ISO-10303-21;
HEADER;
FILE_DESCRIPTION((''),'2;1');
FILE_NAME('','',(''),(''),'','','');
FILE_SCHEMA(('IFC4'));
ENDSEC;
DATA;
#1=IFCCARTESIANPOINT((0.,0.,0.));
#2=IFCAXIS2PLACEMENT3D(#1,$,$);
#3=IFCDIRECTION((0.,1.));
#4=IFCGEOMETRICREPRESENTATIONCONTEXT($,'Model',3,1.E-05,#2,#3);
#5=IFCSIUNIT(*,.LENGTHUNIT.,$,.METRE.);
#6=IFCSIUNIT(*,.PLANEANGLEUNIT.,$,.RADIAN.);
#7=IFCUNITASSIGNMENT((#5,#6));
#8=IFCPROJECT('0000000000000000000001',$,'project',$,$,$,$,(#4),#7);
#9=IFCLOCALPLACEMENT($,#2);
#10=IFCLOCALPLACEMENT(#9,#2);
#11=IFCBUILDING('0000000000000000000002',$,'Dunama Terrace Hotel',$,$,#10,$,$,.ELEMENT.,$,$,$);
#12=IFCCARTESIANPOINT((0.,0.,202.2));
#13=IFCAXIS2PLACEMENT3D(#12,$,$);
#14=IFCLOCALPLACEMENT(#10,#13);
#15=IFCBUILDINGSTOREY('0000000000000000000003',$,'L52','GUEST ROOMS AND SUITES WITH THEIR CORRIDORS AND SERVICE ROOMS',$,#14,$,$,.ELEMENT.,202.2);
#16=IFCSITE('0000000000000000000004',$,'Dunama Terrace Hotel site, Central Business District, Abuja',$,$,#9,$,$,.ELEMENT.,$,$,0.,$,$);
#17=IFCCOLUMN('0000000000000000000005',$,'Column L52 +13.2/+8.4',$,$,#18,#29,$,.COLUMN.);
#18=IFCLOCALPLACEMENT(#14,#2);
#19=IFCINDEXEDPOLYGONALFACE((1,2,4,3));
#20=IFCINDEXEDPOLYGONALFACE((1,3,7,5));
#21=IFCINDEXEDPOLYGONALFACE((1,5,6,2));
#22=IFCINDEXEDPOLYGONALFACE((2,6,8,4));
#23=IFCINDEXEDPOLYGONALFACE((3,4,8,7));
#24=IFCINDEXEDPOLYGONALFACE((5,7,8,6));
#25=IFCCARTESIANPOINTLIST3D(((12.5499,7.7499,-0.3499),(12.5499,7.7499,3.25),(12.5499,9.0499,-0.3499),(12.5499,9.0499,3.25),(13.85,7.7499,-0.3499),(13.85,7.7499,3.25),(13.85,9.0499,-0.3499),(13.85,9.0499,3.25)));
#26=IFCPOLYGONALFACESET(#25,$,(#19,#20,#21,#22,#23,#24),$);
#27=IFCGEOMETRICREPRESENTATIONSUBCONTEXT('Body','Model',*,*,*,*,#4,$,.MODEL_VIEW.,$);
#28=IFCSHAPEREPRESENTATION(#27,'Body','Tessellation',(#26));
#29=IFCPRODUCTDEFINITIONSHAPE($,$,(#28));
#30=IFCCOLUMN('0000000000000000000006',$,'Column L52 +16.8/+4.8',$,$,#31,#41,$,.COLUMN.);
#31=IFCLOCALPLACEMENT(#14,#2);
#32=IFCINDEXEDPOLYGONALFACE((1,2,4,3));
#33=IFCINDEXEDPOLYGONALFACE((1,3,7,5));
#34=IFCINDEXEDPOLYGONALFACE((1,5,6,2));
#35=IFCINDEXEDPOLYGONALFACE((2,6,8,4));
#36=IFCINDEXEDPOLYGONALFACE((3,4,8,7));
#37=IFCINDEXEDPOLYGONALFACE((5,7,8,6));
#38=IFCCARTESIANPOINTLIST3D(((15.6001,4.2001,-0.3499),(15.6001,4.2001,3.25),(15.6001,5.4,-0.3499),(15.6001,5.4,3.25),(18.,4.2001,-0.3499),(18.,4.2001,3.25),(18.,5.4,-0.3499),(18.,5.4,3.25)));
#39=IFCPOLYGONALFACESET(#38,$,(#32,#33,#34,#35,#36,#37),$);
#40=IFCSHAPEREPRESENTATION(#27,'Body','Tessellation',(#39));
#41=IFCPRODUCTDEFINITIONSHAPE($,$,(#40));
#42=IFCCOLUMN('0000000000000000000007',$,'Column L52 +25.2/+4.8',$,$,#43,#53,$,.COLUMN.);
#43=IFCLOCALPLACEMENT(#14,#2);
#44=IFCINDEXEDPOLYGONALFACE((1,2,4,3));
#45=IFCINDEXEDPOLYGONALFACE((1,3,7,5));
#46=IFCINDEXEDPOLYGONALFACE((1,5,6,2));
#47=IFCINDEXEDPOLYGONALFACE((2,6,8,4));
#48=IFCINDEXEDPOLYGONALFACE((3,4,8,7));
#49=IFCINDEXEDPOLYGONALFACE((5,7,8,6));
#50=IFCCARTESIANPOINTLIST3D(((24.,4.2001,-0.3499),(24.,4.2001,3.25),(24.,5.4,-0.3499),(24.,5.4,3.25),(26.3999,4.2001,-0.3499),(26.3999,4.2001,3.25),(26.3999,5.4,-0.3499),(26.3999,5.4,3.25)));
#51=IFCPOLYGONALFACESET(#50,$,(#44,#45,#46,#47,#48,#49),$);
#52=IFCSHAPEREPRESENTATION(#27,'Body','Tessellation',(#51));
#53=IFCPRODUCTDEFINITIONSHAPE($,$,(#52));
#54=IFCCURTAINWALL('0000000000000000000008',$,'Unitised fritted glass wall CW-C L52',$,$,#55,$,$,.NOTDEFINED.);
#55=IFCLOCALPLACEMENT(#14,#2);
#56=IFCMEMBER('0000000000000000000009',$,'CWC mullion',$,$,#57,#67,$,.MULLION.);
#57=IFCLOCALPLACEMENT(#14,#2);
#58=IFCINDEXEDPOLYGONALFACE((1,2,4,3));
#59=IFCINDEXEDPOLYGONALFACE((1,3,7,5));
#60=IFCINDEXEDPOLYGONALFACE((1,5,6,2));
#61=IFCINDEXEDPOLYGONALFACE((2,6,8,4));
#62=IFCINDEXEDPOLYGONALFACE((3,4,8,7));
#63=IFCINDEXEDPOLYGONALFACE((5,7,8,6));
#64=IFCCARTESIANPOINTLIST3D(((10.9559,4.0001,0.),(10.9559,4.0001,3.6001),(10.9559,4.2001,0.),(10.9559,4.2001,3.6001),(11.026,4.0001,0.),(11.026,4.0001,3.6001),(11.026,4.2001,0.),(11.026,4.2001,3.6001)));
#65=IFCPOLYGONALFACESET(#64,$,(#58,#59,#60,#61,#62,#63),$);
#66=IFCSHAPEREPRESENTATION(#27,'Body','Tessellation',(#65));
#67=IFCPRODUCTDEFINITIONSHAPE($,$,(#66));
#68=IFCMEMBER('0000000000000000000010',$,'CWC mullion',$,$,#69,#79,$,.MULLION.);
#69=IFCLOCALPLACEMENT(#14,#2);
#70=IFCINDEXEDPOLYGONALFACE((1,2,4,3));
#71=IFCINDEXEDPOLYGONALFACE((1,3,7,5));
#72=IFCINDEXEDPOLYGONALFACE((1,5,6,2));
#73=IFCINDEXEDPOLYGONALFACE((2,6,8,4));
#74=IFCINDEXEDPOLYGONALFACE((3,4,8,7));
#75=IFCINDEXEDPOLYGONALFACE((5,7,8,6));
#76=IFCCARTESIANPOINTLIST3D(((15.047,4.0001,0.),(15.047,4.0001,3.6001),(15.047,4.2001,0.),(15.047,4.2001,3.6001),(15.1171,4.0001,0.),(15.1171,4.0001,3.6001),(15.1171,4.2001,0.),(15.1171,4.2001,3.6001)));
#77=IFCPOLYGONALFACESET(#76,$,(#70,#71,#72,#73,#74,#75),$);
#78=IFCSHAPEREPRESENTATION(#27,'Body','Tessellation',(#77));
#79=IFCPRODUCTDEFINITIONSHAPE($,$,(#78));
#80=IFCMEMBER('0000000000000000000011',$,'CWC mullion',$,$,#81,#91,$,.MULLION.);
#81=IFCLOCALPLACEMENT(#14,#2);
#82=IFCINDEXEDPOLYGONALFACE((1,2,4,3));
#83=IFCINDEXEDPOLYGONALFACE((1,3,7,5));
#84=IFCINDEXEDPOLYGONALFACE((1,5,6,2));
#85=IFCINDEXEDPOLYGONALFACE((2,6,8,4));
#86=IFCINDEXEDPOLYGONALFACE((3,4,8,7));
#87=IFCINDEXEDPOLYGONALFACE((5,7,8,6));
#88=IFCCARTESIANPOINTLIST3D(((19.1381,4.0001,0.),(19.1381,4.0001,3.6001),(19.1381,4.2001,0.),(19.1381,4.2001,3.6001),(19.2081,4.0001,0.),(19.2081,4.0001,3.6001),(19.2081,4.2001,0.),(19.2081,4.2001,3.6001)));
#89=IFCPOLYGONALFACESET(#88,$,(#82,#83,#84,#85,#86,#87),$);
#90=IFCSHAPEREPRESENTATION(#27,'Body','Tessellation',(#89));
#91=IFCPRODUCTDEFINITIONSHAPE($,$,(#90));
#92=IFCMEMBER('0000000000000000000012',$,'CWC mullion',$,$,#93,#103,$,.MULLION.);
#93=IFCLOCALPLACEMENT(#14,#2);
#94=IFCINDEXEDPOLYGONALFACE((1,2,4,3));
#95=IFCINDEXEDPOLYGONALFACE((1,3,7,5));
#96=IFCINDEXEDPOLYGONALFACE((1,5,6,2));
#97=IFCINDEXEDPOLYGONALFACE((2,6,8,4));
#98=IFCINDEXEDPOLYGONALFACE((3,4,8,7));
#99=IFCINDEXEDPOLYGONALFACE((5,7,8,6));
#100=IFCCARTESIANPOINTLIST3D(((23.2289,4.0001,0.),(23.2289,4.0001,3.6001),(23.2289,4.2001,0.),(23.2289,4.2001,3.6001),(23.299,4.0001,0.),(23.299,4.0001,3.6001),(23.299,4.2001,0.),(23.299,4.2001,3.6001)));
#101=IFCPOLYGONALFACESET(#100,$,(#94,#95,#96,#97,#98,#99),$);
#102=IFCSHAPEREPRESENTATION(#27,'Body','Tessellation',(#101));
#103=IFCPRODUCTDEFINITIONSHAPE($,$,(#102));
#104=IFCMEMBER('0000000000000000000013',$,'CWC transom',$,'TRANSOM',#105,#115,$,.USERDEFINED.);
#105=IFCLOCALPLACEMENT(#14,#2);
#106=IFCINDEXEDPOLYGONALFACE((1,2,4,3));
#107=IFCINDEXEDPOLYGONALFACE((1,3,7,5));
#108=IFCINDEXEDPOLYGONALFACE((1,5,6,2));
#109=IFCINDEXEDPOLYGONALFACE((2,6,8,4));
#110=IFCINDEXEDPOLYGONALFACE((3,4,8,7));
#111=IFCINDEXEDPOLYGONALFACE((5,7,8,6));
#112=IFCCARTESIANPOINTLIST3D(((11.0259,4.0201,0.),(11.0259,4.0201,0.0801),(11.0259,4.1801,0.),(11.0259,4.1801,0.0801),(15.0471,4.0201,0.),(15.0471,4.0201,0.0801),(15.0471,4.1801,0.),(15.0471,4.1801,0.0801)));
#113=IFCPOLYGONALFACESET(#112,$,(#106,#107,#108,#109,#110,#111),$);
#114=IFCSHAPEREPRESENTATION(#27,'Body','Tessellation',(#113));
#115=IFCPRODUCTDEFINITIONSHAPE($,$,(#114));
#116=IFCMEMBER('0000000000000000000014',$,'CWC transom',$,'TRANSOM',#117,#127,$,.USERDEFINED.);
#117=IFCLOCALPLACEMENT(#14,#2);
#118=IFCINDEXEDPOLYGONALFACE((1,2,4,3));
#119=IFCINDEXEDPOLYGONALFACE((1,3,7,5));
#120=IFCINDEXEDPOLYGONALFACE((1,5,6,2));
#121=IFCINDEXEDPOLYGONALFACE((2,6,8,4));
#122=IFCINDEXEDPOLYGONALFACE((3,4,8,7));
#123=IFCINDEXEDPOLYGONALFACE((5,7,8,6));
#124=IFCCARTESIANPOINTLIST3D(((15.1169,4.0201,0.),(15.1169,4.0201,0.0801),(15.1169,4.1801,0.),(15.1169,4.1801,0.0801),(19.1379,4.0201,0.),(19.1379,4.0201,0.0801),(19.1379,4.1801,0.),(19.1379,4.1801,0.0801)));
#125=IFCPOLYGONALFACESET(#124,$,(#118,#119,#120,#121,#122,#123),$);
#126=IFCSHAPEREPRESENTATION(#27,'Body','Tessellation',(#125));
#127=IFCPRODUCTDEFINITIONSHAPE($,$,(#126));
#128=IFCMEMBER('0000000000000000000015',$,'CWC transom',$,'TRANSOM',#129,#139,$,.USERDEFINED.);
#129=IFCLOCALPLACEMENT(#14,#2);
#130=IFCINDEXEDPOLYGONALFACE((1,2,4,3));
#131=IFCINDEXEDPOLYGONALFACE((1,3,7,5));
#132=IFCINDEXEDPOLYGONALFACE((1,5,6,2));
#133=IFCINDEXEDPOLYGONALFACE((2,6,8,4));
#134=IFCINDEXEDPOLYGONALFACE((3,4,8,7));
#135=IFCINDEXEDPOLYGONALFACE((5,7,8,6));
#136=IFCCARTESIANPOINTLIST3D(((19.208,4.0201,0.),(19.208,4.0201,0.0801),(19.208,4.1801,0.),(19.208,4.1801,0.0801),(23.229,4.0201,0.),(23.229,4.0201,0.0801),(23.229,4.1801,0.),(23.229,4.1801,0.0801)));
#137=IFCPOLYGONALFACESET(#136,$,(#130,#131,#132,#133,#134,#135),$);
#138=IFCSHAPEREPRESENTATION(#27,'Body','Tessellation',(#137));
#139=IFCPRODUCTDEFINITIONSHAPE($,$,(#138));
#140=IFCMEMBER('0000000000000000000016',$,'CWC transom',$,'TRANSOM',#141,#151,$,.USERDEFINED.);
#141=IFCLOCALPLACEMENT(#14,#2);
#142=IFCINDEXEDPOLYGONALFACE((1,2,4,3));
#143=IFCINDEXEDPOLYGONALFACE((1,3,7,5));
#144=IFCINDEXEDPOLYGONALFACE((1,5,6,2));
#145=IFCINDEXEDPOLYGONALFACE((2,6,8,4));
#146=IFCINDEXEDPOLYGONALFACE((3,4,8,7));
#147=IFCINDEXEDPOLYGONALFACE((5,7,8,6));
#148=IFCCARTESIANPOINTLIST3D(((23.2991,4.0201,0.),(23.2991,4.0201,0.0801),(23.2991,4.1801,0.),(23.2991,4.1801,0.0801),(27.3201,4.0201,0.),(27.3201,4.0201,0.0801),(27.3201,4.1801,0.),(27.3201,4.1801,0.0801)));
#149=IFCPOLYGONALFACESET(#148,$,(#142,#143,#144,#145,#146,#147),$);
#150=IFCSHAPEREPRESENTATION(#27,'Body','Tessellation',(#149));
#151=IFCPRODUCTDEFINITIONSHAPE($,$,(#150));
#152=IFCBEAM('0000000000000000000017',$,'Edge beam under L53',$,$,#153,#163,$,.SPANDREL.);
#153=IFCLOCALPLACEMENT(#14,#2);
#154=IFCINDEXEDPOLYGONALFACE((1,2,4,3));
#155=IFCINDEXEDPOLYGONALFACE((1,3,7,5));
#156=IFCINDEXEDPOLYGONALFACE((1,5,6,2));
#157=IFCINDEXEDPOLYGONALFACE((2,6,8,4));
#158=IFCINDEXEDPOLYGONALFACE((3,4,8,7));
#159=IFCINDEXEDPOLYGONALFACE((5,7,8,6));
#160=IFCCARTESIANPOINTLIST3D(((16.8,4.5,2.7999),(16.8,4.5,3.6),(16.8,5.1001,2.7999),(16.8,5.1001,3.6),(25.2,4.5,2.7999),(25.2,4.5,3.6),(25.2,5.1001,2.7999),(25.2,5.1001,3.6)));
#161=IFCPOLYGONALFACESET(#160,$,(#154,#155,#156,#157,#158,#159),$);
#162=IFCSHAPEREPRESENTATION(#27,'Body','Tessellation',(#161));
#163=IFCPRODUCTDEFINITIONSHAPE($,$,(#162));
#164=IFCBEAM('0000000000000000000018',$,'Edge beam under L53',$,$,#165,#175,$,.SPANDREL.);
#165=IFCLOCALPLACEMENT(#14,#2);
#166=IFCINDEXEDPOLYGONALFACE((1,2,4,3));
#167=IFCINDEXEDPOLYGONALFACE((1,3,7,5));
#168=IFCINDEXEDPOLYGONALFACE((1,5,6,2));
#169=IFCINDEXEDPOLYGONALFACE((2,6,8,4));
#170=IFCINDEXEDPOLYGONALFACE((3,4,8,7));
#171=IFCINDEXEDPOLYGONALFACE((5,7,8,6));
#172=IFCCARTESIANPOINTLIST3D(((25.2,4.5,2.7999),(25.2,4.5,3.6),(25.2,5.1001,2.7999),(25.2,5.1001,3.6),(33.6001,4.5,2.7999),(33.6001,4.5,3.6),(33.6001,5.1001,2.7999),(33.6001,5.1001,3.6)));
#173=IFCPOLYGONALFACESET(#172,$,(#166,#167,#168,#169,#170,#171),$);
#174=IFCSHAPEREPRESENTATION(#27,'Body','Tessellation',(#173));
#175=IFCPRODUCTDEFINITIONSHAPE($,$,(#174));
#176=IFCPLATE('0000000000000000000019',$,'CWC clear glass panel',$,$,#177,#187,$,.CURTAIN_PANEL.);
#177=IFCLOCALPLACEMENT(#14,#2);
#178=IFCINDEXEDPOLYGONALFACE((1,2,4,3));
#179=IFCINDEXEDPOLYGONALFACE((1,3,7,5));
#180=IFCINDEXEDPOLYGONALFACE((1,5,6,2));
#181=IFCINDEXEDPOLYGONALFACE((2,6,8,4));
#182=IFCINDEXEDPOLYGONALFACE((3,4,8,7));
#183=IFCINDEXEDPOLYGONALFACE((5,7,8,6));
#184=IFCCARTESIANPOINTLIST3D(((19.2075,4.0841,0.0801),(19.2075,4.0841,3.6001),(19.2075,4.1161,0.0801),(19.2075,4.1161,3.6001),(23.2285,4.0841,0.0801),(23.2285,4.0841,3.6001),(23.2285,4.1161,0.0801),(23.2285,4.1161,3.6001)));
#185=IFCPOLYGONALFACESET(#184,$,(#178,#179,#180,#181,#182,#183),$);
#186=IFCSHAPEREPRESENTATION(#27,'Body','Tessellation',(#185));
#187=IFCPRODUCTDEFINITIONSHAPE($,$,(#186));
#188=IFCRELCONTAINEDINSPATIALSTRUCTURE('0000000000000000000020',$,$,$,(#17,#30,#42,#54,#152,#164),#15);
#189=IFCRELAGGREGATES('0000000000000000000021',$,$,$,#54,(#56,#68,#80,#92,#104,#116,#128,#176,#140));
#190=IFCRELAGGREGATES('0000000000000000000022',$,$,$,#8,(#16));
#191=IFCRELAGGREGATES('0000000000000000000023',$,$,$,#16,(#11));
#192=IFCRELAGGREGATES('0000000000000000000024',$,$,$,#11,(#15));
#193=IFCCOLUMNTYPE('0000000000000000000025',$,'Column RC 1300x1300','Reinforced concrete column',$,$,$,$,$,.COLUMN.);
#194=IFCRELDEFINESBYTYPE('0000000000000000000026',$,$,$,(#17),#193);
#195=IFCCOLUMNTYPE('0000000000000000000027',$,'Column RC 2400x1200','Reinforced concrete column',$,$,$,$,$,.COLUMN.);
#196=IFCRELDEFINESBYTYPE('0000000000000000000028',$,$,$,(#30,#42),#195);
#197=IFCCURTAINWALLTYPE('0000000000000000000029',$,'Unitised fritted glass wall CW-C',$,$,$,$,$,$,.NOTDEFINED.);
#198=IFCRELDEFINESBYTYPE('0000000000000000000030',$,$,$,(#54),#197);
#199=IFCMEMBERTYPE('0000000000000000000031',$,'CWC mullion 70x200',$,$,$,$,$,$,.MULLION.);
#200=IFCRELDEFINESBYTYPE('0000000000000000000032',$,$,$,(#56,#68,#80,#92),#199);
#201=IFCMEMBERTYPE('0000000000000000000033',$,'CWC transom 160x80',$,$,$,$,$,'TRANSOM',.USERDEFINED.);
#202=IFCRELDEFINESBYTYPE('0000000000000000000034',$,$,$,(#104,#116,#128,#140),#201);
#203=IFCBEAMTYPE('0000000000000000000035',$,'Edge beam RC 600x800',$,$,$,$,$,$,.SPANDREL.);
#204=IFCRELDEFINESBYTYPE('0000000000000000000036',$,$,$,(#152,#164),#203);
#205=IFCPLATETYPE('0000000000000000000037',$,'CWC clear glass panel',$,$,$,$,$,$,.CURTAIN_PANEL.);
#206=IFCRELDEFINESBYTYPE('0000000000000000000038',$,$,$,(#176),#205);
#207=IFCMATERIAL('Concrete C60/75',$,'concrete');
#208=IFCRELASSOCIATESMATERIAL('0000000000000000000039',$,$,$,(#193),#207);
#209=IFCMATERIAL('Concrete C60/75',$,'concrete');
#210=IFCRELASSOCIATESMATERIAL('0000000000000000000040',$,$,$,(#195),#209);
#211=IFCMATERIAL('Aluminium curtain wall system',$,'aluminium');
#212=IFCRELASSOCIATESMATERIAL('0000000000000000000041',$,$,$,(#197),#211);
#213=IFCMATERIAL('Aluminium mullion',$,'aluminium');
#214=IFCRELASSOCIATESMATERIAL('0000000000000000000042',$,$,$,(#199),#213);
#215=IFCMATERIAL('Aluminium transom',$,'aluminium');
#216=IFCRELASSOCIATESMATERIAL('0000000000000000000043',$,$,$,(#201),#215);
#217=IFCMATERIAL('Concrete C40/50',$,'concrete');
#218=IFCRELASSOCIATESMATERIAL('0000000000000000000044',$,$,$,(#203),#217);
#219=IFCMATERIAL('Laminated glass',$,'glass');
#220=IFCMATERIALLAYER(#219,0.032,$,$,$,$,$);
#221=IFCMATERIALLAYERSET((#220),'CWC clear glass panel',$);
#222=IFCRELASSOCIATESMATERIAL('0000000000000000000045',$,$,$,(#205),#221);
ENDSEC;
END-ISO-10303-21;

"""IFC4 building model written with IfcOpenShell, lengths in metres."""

from ifc_helpers import new_model, si_unit, direction, frame, origin, origin_2d, place, context, subcontext, project, spatial, rectangle, extrude, material, layer, layer_set, material_profile, profile_set, type_object, element, aggregate, save


model = new_model("IFC4")

# Units and contexts
model_context = context("Model", 3, precision=1e-05, world=origin(), true_north=direction((0.0, 1.0)))
body_context = subcontext(model_context, "Body", "Model", "MODEL_VIEW")
ifc_project = project(units=[si_unit("LENGTHUNIT", "METRE"), si_unit("PLANEANGLEUNIT", "RADIAN")], contexts=[model_context])

# Site, building, storey
site_placement = place(None, origin())
site = spatial("IfcSite", under=ifc_project, at=site_placement, Name="Dunama Terrace Hotel site, Central Business District, Abuja", CompositionType="ELEMENT", RefElevation=0.0)
building_placement = place(site_placement, origin())
building = spatial("IfcBuilding", under=site, at=building_placement, Name="Dunama Terrace Hotel", CompositionType="ELEMENT")
storey_placement = place(building_placement, frame((0.0, 0.0, 202.2)))
storey = spatial("IfcBuildingStorey", under=building, at=storey_placement, Name="L52", Description="GUEST ROOMS AND SUITES WITH THEIR CORRIDORS AND SERVICE ROOMS", CompositionType="ELEMENT", Elevation=202.2)

# Columns
ifc_material_1 = material(Name="Concrete C60/75", Category="concrete")
ifc_material_profile_1 = material_profile(ifc_material_1, rectangle(XDim=1.3, YDim=1.3, at=origin_2d()), Name="RC 1300x1300")
ifc_profile_set_1 = profile_set([ifc_material_profile_1], Name="Concrete C60/75")
column_type_1 = type_object("IfcColumnType", Name="Column RC 1300x1300", Description="Reinforced concrete column", PredefinedType="COLUMN", material=ifc_profile_set_1)
column_placement = place(storey_placement, frame((13.2, 8.3999, -0.3499), z_axis=(0.0, 0.0, 1.0), x_axis=(1.0, 0.0, 0.0)))
element("IfcColumn", 1, at=column_placement, inside=storey, type_object=column_type_1, Name="Column L52 +13.2/+8.4", PredefinedType="COLUMN", context=body_context, shape_type="SweptSolid", body=[
    extrude(rectangle(XDim=1.3, YDim=1.3, at=origin_2d()), origin(), (0.0, 0.0, 1.0), 3.5999),
])
ifc_material_2 = material(Name="Concrete C60/75", Category="concrete")
ifc_material_profile_2 = material_profile(ifc_material_2, rectangle(XDim=2.3999, YDim=1.2, at=origin_2d()), Name="RC 2400x1200")
ifc_profile_set_2 = profile_set([ifc_material_profile_2], Name="Concrete C60/75")
column_type_2 = type_object("IfcColumnType", Name="Column RC 2400x1200", Description="Reinforced concrete column", PredefinedType="COLUMN", material=ifc_profile_set_2)
for number, where, z_axis, x_axis, name in (
    (2, (16.8, 4.8, -0.3499), (0.0, 0.0, 1.0), (1.0, 0.0, 0.0), "Column L52 +16.8/+4.8"),
    (3, (25.2, 4.8, -0.3499), (0.0, 0.0, 1.0), (1.0, 0.0, 0.0), "Column L52 +25.2/+4.8"),
):
    element("IfcColumn", number, at=place(storey_placement, frame(where, z_axis=z_axis, x_axis=x_axis)), inside=storey, type_object=column_type_2, Name=name, PredefinedType="COLUMN", context=body_context, shape_type="SweptSolid", body=[
        extrude(rectangle(XDim=2.3999, YDim=1.2, at=origin_2d()), origin(), (0.0, 0.0, 1.0), 3.5999),
    ])

# Curtain wall, members
ifc_material_3 = material(Name="Aluminium curtain wall system", Category="aluminium")
curtain_wall_type = type_object("IfcCurtainWallType", Name="Unitised fritted glass wall CW-C", PredefinedType="NOTDEFINED", material=ifc_material_3)
curtain_wall_placement = place(storey_placement, origin())
curtain_wall = element("IfcCurtainWall", 4, at=curtain_wall_placement, inside=storey, type_object=curtain_wall_type, Name="Unitised fritted glass wall CW-C L52", PredefinedType="NOTDEFINED")
ifc_material_4 = material(Name="Aluminium mullion", Category="aluminium")
ifc_material_profile_3 = material_profile(ifc_material_4, rectangle(XDim=0.0701, YDim=0.2, at=origin_2d()), Name="CWC MULLION 70X200")
ifc_profile_set_3 = profile_set([ifc_material_profile_3], Name="Aluminium mullion")
member_type_1 = type_object("IfcMemberType", Name="CWC mullion 70x200", PredefinedType="MULLION", material=ifc_profile_set_3)
member_1_placement = place(storey_placement, frame((10.991, 4.1001, 0.0), z_axis=(0.0, 0.0, 1.0), x_axis=(1.0, 0.0, 0.0)))
member_1 = element("IfcMember", 5, at=member_1_placement, type_object=member_type_1, Name="CWC mullion", PredefinedType="MULLION", context=body_context, shape_type="SweptSolid", body=[
    extrude(rectangle(XDim=0.0701, YDim=0.2, at=origin_2d()), origin(), (0.0, 0.0, 1.0), 3.6001),
])
member_2_placement = place(storey_placement, frame((15.082, 4.1001, 0.0), z_axis=(0.0, 0.0, 1.0), x_axis=(1.0, 0.0, 0.0)))
member_2 = element("IfcMember", 6, at=member_2_placement, type_object=member_type_1, Name="CWC mullion", PredefinedType="MULLION", context=body_context, shape_type="SweptSolid", body=[
    extrude(rectangle(XDim=0.0701, YDim=0.2, at=origin_2d()), origin(), (0.0, 0.0, 1.0), 3.6001),
])
member_3_placement = place(storey_placement, frame((19.1731, 4.1001, 0.0), z_axis=(0.0, 0.0, 1.0), x_axis=(1.0, 0.0, 0.0)))
member_3 = element("IfcMember", 7, at=member_3_placement, type_object=member_type_1, Name="CWC mullion", PredefinedType="MULLION", context=body_context, shape_type="SweptSolid", body=[
    extrude(rectangle(XDim=0.0701, YDim=0.2, at=origin_2d()), origin(), (0.0, 0.0, 1.0), 3.6001),
])
member_4_placement = place(storey_placement, frame((23.2639, 4.1001, 0.0), z_axis=(0.0, 0.0, 1.0), x_axis=(1.0, 0.0, 0.0)))
member_4 = element("IfcMember", 8, at=member_4_placement, type_object=member_type_1, Name="CWC mullion", PredefinedType="MULLION", context=body_context, shape_type="SweptSolid", body=[
    extrude(rectangle(XDim=0.0701, YDim=0.2, at=origin_2d()), origin(), (0.0, 0.0, 1.0), 3.6001),
])
ifc_material_5 = material(Name="Aluminium transom", Category="aluminium")
ifc_material_profile_4 = material_profile(ifc_material_5, rectangle(XDim=0.1599, YDim=0.0801, at=origin_2d()), Name="CWC TRANSOM 160X80")
ifc_profile_set_4 = profile_set([ifc_material_profile_4], Name="Aluminium transom")
member_type_2 = type_object("IfcMemberType", Name="CWC transom 160x80", ElementType="TRANSOM", PredefinedType="USERDEFINED", material=ifc_profile_set_4)
member_5_placement = place(storey_placement, frame((11.0259, 4.1001, 0.04), z_axis=(1.0, 0.0, 0.0), x_axis=(0.0, 1.0, 0.0)))
member_5 = element("IfcMember", 9, at=member_5_placement, type_object=member_type_2, Name="CWC transom", ObjectType="TRANSOM", PredefinedType="USERDEFINED", context=body_context, shape_type="SweptSolid", body=[
    extrude(rectangle(XDim=0.1599, YDim=0.0801, at=origin_2d()), origin(), (0.0, 0.0, 1.0), 4.0212),
])
member_6_placement = place(storey_placement, frame((15.1169, 4.1001, 0.04), z_axis=(1.0, 0.0, 0.0), x_axis=(0.0, 1.0, 0.0)))
member_6 = element("IfcMember", 10, at=member_6_placement, type_object=member_type_2, Name="CWC transom", ObjectType="TRANSOM", PredefinedType="USERDEFINED", context=body_context, shape_type="SweptSolid", body=[
    extrude(rectangle(XDim=0.1599, YDim=0.0801, at=origin_2d()), origin(), (0.0, 0.0, 1.0), 4.021),
])
member_7_placement = place(storey_placement, frame((19.208, 4.1001, 0.04), z_axis=(1.0, 0.0, 0.0), x_axis=(0.0, 1.0, 0.0)))
member_7 = element("IfcMember", 11, at=member_7_placement, type_object=member_type_2, Name="CWC transom", ObjectType="TRANSOM", PredefinedType="USERDEFINED", context=body_context, shape_type="SweptSolid", body=[
    extrude(rectangle(XDim=0.1599, YDim=0.0801, at=origin_2d()), origin(), (0.0, 0.0, 1.0), 4.021),
])
member_8_placement = place(storey_placement, frame((23.2991, 4.1001, 0.04), z_axis=(1.0, 0.0, 0.0), x_axis=(0.0, 1.0, 0.0)))
member_8 = element("IfcMember", 12, at=member_8_placement, type_object=member_type_2, Name="CWC transom", ObjectType="TRANSOM", PredefinedType="USERDEFINED", context=body_context, shape_type="SweptSolid", body=[
    extrude(rectangle(XDim=0.1599, YDim=0.0801, at=origin_2d()), origin(), (0.0, 0.0, 1.0), 4.021),
])

# Beams
ifc_material_6 = material(Name="Concrete C40/50", Category="concrete")
ifc_material_profile_5 = material_profile(ifc_material_6, rectangle(XDim=0.6001, YDim=0.8, at=origin_2d()), Name="RC 600x800")
ifc_profile_set_5 = profile_set([ifc_material_profile_5], Name="Concrete C40/50")
beam_type = type_object("IfcBeamType", Name="Edge beam RC 600x800", PredefinedType="SPANDREL", material=ifc_profile_set_5)
beam_1_placement = place(storey_placement, frame((16.8, 4.8, 3.2), z_axis=(1.0, 0.0, 0.0), x_axis=(0.0, 1.0, 0.0)))
element("IfcBeam", 13, at=beam_1_placement, inside=storey, type_object=beam_type, Name="Edge beam under L53", PredefinedType="SPANDREL", context=body_context, shape_type="SweptSolid", body=[
    extrude(rectangle(XDim=0.6001, YDim=0.8, at=origin_2d()), origin(), (0.0, 0.0, 1.0), 8.3999),
])
beam_2_placement = place(storey_placement, frame((25.2, 4.8, 3.2), z_axis=(1.0, 0.0, 0.0), x_axis=(0.0, 1.0, 0.0)))
element("IfcBeam", 14, at=beam_2_placement, inside=storey, type_object=beam_type, Name="Edge beam under L53", PredefinedType="SPANDREL", context=body_context, shape_type="SweptSolid", body=[
    extrude(rectangle(XDim=0.6001, YDim=0.8, at=origin_2d()), origin(), (0.0, 0.0, 1.0), 8.4001),
])

# Plate
ifc_material_7 = material(Name="Laminated glass", Category="glass")
ifc_layer_1 = layer(ifc_material_7, 0.032)
ifc_layer_set_1 = layer_set([ifc_layer_1], Name="CWC clear glass panel")
plate_type_1 = type_object("IfcPlateType", Name="CWC clear glass panel", PredefinedType="CURTAIN_PANEL", material=ifc_layer_set_1)
plate_1_placement = place(storey_placement, frame((21.218, 4.1001, 0.0801), z_axis=(0.0, 0.0, 1.0), x_axis=(1.0, 0.0, 0.0)))
plate_1 = element("IfcPlate", 15, at=plate_1_placement, type_object=plate_type_1, Name="CWC clear glass panel", PredefinedType="CURTAIN_PANEL", context=body_context, shape_type="SweptSolid", body=[
    extrude(rectangle(XDim=4.021, YDim=0.032, at=origin_2d()), origin(), (0.0, 0.0, 1.0), 3.52),
])
aggregate(curtain_wall, [member_1, member_2, member_3, member_4, member_5, member_6, member_7, plate_1, member_8])

save(model, "model.ifc")
